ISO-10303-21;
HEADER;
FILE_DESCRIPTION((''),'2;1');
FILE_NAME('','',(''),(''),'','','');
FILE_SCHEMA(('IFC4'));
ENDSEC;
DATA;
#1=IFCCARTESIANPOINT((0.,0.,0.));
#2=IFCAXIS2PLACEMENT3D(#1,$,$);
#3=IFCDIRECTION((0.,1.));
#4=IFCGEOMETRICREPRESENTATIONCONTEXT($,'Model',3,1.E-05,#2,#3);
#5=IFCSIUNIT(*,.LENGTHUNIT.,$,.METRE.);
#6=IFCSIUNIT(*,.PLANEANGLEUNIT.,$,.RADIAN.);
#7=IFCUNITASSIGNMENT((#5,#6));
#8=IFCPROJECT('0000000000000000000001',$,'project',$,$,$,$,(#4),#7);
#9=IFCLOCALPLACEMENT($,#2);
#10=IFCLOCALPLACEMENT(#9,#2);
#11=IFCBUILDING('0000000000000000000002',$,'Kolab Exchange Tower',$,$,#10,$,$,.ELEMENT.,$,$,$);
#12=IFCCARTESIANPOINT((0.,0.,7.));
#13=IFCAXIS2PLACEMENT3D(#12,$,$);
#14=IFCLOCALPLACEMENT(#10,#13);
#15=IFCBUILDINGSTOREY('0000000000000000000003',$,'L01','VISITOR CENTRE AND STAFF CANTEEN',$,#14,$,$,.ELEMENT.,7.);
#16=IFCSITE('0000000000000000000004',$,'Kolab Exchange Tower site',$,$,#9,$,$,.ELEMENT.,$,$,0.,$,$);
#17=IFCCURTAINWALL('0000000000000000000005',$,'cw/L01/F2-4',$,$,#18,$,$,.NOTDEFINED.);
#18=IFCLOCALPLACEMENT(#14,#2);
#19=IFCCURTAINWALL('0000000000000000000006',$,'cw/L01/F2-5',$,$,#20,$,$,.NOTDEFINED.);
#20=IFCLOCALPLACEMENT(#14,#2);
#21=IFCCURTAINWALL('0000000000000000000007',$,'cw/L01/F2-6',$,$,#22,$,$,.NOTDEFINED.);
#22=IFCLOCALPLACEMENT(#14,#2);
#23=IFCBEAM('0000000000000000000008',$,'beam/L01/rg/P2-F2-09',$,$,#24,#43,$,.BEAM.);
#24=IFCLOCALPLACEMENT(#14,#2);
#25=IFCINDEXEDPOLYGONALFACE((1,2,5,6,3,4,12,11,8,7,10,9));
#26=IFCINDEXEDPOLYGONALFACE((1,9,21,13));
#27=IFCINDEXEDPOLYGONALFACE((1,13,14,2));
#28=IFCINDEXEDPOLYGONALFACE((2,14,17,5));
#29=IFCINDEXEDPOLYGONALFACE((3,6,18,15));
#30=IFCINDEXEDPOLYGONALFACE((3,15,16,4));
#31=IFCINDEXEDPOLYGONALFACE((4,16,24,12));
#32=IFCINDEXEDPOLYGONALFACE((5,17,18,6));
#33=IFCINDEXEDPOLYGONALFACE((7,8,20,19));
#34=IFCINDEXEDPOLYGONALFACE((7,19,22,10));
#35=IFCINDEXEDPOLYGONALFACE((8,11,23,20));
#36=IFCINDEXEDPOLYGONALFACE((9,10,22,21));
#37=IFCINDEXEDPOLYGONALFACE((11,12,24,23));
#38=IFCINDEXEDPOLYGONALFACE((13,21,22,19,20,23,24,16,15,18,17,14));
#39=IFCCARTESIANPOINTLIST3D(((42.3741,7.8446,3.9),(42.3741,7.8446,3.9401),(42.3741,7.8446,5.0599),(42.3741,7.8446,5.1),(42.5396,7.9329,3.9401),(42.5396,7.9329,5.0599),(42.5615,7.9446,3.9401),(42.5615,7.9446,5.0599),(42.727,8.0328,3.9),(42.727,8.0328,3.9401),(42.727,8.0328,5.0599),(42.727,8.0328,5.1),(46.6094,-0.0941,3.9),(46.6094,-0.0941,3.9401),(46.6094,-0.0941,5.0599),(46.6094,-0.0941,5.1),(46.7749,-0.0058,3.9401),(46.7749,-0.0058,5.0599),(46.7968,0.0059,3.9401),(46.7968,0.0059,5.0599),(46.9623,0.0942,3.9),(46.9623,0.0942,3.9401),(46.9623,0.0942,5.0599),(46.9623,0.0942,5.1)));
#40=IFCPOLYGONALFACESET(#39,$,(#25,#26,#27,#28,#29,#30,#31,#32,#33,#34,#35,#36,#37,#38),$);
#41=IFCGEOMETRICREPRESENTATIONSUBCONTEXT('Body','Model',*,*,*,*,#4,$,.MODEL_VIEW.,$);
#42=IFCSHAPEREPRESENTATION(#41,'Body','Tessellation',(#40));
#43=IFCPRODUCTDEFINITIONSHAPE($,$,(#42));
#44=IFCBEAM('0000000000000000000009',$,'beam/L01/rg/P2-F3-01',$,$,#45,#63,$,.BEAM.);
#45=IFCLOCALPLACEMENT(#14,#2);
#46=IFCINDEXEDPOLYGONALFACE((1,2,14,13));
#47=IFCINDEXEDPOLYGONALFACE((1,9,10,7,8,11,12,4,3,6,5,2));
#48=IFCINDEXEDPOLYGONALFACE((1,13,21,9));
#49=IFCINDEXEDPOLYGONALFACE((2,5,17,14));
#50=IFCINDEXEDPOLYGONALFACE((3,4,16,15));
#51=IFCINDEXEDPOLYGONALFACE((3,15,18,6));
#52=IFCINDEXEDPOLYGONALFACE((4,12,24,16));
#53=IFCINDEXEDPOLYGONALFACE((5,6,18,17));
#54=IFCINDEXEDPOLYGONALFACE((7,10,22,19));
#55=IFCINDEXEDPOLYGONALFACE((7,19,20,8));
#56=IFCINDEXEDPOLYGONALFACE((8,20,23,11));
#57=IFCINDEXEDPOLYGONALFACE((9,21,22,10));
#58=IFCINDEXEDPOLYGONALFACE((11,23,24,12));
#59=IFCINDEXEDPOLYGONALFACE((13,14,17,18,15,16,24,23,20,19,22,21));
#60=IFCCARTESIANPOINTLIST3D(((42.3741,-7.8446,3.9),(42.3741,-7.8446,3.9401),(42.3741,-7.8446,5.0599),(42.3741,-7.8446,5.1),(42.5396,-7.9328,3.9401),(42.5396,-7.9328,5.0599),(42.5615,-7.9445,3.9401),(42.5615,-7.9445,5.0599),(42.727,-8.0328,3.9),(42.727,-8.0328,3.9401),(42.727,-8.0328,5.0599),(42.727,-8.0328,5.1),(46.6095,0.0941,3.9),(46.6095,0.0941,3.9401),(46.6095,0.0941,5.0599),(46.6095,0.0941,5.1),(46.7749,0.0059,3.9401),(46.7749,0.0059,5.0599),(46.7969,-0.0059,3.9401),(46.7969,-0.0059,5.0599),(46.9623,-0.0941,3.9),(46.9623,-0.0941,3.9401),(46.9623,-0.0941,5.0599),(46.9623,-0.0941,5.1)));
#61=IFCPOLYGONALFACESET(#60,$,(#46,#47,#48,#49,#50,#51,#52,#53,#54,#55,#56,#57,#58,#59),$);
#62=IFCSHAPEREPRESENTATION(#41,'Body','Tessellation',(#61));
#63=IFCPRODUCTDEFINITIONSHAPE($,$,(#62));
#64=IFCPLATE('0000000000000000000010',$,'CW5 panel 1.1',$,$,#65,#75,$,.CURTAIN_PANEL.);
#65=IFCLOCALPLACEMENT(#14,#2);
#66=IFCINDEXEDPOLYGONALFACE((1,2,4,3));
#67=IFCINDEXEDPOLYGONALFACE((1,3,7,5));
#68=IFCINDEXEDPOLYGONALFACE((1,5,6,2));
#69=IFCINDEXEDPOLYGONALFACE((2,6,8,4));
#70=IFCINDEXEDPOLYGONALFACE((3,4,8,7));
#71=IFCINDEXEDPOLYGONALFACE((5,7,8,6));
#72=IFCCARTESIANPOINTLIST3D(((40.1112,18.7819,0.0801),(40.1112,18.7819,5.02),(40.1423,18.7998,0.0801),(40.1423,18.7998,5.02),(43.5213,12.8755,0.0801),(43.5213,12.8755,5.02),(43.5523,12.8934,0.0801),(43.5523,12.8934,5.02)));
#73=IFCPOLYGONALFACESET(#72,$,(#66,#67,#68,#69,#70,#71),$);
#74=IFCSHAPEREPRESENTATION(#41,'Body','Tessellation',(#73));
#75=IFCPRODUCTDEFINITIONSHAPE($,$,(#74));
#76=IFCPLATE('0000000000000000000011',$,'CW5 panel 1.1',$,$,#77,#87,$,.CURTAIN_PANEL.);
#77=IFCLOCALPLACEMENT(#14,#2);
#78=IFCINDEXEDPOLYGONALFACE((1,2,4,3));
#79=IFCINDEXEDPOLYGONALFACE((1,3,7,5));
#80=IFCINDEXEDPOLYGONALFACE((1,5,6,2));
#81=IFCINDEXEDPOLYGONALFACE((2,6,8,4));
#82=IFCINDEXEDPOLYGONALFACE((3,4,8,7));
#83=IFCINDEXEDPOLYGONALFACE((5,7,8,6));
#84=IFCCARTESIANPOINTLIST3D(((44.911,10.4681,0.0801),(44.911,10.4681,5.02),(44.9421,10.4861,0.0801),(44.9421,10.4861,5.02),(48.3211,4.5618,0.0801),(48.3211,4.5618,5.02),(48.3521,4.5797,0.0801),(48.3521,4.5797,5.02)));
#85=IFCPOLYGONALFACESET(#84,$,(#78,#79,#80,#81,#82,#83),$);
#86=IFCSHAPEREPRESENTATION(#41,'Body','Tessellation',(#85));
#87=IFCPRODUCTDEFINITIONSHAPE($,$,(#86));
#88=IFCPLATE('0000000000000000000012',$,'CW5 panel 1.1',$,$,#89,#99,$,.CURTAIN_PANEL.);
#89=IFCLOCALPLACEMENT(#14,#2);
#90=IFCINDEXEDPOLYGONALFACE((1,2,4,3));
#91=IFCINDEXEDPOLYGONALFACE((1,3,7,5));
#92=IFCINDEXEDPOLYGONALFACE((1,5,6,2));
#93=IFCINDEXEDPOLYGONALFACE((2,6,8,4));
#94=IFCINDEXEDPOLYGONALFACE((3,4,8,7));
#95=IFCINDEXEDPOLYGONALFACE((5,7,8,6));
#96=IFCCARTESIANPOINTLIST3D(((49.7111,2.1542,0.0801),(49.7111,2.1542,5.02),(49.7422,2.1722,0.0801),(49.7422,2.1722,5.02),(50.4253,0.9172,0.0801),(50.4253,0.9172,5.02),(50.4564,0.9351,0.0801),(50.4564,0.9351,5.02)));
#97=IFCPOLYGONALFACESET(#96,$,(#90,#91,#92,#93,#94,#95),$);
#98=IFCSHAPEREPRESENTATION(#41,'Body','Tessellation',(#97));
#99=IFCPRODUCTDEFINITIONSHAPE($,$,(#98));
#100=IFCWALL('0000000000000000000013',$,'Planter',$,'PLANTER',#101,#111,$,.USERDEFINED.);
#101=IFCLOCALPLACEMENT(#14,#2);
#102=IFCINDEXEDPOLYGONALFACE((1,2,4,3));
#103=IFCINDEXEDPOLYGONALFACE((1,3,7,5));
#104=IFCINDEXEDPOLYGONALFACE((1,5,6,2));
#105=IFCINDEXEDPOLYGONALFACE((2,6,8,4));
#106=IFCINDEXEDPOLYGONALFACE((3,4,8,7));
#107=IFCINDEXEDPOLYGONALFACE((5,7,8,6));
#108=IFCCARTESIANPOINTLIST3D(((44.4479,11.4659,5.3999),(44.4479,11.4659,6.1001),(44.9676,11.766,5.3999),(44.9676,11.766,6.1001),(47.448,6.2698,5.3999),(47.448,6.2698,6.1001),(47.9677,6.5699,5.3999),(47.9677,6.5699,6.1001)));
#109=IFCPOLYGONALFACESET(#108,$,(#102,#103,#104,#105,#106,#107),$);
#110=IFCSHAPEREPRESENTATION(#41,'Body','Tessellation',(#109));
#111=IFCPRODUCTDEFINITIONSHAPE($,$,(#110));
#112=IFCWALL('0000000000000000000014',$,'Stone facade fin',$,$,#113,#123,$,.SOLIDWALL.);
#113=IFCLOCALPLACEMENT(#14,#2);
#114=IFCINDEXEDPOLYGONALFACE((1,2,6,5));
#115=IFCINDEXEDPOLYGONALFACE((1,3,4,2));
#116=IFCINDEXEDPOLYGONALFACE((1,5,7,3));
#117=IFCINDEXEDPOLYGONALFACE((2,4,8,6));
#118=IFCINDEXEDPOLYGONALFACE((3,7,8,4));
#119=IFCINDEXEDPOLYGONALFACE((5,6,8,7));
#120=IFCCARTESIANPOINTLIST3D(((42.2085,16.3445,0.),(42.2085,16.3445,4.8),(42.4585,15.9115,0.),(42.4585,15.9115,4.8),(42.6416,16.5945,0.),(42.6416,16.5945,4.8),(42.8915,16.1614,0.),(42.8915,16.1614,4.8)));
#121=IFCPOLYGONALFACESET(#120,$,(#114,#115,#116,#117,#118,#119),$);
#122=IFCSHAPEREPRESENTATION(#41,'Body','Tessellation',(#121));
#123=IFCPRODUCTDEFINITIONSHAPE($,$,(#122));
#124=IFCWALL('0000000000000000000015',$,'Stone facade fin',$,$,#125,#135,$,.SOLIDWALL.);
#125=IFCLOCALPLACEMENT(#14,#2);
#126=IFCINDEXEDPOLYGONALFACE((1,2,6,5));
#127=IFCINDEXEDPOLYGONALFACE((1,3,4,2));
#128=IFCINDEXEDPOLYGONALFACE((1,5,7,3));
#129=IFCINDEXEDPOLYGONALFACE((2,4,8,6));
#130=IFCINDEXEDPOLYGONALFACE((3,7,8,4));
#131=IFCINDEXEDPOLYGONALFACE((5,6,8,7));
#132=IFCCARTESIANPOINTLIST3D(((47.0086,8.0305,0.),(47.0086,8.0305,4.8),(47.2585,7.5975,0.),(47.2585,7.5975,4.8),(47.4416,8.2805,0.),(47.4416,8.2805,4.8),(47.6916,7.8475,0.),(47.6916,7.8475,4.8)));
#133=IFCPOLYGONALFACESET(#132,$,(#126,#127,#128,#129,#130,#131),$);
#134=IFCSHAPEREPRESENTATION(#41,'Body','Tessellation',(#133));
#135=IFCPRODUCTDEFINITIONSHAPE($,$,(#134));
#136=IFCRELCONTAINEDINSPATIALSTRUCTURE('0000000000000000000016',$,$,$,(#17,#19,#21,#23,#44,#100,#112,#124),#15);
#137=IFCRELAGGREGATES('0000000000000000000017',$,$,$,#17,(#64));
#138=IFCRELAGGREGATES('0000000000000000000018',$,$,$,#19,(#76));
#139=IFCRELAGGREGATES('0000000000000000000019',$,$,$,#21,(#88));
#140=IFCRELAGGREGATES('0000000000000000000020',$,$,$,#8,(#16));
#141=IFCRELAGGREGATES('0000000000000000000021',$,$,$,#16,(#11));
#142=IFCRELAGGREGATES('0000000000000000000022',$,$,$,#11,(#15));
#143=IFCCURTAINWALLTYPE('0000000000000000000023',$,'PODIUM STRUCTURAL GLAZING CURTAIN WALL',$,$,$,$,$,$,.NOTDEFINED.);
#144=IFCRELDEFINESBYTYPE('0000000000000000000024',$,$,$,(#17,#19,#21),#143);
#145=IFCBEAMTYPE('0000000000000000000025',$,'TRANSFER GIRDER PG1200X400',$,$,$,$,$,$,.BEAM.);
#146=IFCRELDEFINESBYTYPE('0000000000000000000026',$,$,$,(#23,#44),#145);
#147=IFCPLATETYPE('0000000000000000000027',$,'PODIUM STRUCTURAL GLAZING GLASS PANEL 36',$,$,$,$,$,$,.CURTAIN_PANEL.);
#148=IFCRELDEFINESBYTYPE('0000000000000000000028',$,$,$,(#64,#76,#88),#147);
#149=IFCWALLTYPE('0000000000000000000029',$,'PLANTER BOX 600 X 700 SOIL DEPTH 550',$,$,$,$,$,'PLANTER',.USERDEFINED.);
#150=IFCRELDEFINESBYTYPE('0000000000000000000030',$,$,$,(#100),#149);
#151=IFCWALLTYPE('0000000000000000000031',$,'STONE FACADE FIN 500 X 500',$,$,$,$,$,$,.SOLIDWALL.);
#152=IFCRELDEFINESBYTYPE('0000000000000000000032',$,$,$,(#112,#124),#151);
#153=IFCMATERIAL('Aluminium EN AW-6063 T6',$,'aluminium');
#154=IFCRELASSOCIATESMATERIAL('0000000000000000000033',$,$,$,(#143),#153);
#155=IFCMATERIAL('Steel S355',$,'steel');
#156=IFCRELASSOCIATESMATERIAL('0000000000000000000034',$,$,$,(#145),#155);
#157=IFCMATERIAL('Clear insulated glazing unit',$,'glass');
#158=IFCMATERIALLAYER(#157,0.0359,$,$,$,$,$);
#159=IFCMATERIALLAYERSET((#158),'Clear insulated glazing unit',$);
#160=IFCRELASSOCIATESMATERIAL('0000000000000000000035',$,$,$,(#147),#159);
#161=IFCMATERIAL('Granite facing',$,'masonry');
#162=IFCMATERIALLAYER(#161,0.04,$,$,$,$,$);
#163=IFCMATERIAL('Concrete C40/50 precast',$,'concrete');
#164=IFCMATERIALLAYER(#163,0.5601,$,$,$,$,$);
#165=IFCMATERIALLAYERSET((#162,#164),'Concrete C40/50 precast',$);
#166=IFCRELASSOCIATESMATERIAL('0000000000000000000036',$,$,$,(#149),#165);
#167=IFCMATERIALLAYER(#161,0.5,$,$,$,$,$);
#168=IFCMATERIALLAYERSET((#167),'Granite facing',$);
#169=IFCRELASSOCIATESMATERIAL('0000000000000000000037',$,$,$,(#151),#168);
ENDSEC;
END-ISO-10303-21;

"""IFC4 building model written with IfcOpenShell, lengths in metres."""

from ifc_helpers import new_model, si_unit, direction, frame, frame_2d, origin, origin_2d, place, context, subcontext, project, spatial, rectangle, i_section, extrude, material, layer, layer_set, material_profile, profile_set, type_object, element, aggregate, save


model = new_model("IFC4")

# Units and contexts
model_context = context("Model", 3, precision=1e-05, world=origin(), true_north=direction((0.0, 1.0)))
body_context = subcontext(model_context, "Body", "Model", "MODEL_VIEW")
ifc_project = project(units=[si_unit("LENGTHUNIT", "METRE"), si_unit("PLANEANGLEUNIT", "RADIAN")], contexts=[model_context])

# Site, building, storey
site_placement = place(None, origin())
site = spatial("IfcSite", under=ifc_project, at=site_placement, Name="Kolab Exchange Tower site", CompositionType="ELEMENT", RefElevation=0.0)
building_placement = place(site_placement, origin())
building = spatial("IfcBuilding", under=site, at=building_placement, Name="Kolab Exchange Tower", CompositionType="ELEMENT")
storey_placement = place(building_placement, frame((0.0, 0.0, 7.0)))
storey = spatial("IfcBuildingStorey", under=building, at=storey_placement, Name="L01", Description="VISITOR CENTRE AND STAFF CANTEEN", CompositionType="ELEMENT", Elevation=7.0)

# Shared definitions
ifc_material_1 = material(Name="Steel S355", Category="steel")

# Curtain walls
ifc_material_2 = material(Name="Aluminium EN AW-6063 T6", Category="aluminium")
curtain_wall_type = type_object("IfcCurtainWallType", Name="PODIUM STRUCTURAL GLAZING CURTAIN WALL", PredefinedType="NOTDEFINED", material=ifc_material_2)
curtain_wall_1_placement = place(storey_placement, origin())
curtain_wall_1 = element("IfcCurtainWall", 1, at=curtain_wall_1_placement, inside=storey, type_object=curtain_wall_type, Name="cw/L01/F2-4", PredefinedType="NOTDEFINED")
curtain_wall_2_placement = place(storey_placement, origin())
curtain_wall_2 = element("IfcCurtainWall", 2, at=curtain_wall_2_placement, inside=storey, type_object=curtain_wall_type, Name="cw/L01/F2-5", PredefinedType="NOTDEFINED")
curtain_wall_3_placement = place(storey_placement, origin())
curtain_wall_3 = element("IfcCurtainWall", 3, at=curtain_wall_3_placement, inside=storey, type_object=curtain_wall_type, Name="cw/L01/F2-6", PredefinedType="NOTDEFINED")

# Beams
ifc_material_profile_1 = material_profile(ifc_material_1, i_section(OverallWidth=0.3999, OverallDepth=1.2, WebThickness=0.0249, FlangeThickness=0.04, at=origin_2d()), Name="PG1200X400")
ifc_profile_set_1 = profile_set([ifc_material_profile_1], Name="Steel S355")
beam_type_1 = type_object("IfcBeamType", Name="TRANSFER GIRDER PG1200X400", PredefinedType="BEAM", material=ifc_profile_set_1)
for number, where, z_axis, x_axis, name in (
    (4, (42.5505, 7.9387, 4.5), (0.470707, -0.88229, 0.0), (0.88229, 0.470707, 0.0), "beam/L01/rg/P2-F2-09"),
    (5, (46.7859, 0.0, 4.5), (-0.470707, -0.88229, 0.0), (0.88229, -0.470707, 0.0), "beam/L01/rg/P2-F3-01"),
):
    element("IfcBeam", number, at=place(storey_placement, frame(where, z_axis=z_axis, x_axis=x_axis)), inside=storey, type_object=beam_type_1, Name=name, PredefinedType="BEAM", context=body_context, shape_type="SweptSolid", body=[
        extrude(i_section(OverallWidth=0.3999, OverallDepth=1.2, WebThickness=0.0249, FlangeThickness=0.04, at=origin_2d()), origin(), (0.0, 0.0, 1.0), 8.9978),
    ])

# Plates
ifc_material_3 = material(Name="Clear insulated glazing unit", Category="glass")
ifc_layer_1 = layer(ifc_material_3, 0.0359)
ifc_layer_set_1 = layer_set([ifc_layer_1], Name="Clear insulated glazing unit")
plate_type = type_object("IfcPlateType", Name="PODIUM STRUCTURAL GLAZING GLASS PANEL 36", PredefinedType="CURTAIN_PANEL", material=ifc_layer_set_1)
plate_1_placement = place(storey_placement, frame((41.8318, 15.8376, 0.0801), z_axis=(0.0, 0.0, 1.0), x_axis=(0.5, -0.866025, 0.0)))
plate_1 = element("IfcPlate", 6, at=plate_1_placement, type_object=plate_type, Name="CW5 panel 1.1", PredefinedType="CURTAIN_PANEL", context=body_context, shape_type="SweptSolid", body=[
    extrude(rectangle(XDim=6.8201, YDim=0.0359, at=origin_2d()), origin(), (0.0, 0.0, 1.0), 4.9399),
])
aggregate(curtain_wall_1, [plate_1])
plate_2_placement = place(storey_placement, frame((46.6316, 7.5239, 0.0801), z_axis=(0.0, 0.0, 1.0), x_axis=(0.5, -0.866025, 0.0)))
plate_2 = element("IfcPlate", 7, at=plate_2_placement, type_object=plate_type, Name="CW5 panel 1.1", PredefinedType="CURTAIN_PANEL", context=body_context, shape_type="SweptSolid", body=[
    extrude(rectangle(XDim=6.8201, YDim=0.0359, at=origin_2d()), origin(), (0.0, 0.0, 1.0), 4.9399),
])
aggregate(curtain_wall_2, [plate_2])
plate_3_placement = place(storey_placement, frame((50.0837, 1.5447, 0.0801), z_axis=(0.0, 0.0, 1.0), x_axis=(0.5, -0.866025, 0.0)))
plate_3 = element("IfcPlate", 8, at=plate_3_placement, type_object=plate_type, Name="CW5 panel 1.1", PredefinedType="CURTAIN_PANEL", context=body_context, shape_type="SweptSolid", body=[
    extrude(rectangle(XDim=1.4285, YDim=0.0359, at=origin_2d()), origin(), (0.0, 0.0, 1.0), 4.9399),
])
aggregate(curtain_wall_3, [plate_3])

# Walls
ifc_material_4 = material(Name="Granite facing", Category="masonry")
ifc_layer_2 = layer(ifc_material_4, 0.04)
ifc_material_5 = material(Name="Concrete C40/50 precast", Category="concrete")
ifc_layer_3 = layer(ifc_material_5, 0.5601)
ifc_layer_set_2 = layer_set([ifc_layer_2, ifc_layer_3], Name="Concrete C40/50 precast")
wall_type_1 = type_object("IfcWallType", Name="PLANTER BOX 600 X 700 SOIL DEPTH 550", ElementType="PLANTER", PredefinedType="USERDEFINED", material=ifc_layer_set_2)
wall_placement = place(storey_placement, frame((44.7078, 11.616, 5.3999), z_axis=(0.0, 0.0, 1.0), x_axis=(0.500008, -0.866021, 0.0)))
element("IfcWall", 9, at=wall_placement, inside=storey, type_object=wall_type_1, Name="Planter", ObjectType="PLANTER", PredefinedType="USERDEFINED", context=body_context, shape_type="SweptSolid", body=[
    extrude(rectangle(XDim=6.0, YDim=0.6001, at=frame_2d((3.0, 0.0))), origin(), (0.0, 0.0, 1.0), 0.7002),
])
ifc_layer_4 = layer(ifc_material_4, 0.5)
ifc_layer_set_3 = layer_set([ifc_layer_4], Name="Granite facing")
wall_type_2 = type_object("IfcWallType", Name="STONE FACADE FIN 500 X 500", PredefinedType="SOLIDWALL", material=ifc_layer_set_3)
for number, where, z_axis, x_axis, name in (
    (10, (42.425, 16.4695, 0.0), (0.0, 0.0, 1.0), (0.49992, -0.866072, 0.0), "Stone facade fin"),
    (11, (47.2251, 8.1555, 0.0), (0.0, 0.0, 1.0), (0.49992, -0.866072, 0.0), "Stone facade fin"),
):
    element("IfcWall", number, at=place(storey_placement, frame(where, z_axis=z_axis, x_axis=x_axis)), inside=storey, type_object=wall_type_2, Name=name, PredefinedType="SOLIDWALL", context=body_context, shape_type="SweptSolid", body=[
        extrude(rectangle(XDim=0.5, YDim=0.5, at=frame_2d((0.25, 0.0))), origin(), (0.0, 0.0, 1.0), 4.8),
    ])

save(model, "model.ifc")
